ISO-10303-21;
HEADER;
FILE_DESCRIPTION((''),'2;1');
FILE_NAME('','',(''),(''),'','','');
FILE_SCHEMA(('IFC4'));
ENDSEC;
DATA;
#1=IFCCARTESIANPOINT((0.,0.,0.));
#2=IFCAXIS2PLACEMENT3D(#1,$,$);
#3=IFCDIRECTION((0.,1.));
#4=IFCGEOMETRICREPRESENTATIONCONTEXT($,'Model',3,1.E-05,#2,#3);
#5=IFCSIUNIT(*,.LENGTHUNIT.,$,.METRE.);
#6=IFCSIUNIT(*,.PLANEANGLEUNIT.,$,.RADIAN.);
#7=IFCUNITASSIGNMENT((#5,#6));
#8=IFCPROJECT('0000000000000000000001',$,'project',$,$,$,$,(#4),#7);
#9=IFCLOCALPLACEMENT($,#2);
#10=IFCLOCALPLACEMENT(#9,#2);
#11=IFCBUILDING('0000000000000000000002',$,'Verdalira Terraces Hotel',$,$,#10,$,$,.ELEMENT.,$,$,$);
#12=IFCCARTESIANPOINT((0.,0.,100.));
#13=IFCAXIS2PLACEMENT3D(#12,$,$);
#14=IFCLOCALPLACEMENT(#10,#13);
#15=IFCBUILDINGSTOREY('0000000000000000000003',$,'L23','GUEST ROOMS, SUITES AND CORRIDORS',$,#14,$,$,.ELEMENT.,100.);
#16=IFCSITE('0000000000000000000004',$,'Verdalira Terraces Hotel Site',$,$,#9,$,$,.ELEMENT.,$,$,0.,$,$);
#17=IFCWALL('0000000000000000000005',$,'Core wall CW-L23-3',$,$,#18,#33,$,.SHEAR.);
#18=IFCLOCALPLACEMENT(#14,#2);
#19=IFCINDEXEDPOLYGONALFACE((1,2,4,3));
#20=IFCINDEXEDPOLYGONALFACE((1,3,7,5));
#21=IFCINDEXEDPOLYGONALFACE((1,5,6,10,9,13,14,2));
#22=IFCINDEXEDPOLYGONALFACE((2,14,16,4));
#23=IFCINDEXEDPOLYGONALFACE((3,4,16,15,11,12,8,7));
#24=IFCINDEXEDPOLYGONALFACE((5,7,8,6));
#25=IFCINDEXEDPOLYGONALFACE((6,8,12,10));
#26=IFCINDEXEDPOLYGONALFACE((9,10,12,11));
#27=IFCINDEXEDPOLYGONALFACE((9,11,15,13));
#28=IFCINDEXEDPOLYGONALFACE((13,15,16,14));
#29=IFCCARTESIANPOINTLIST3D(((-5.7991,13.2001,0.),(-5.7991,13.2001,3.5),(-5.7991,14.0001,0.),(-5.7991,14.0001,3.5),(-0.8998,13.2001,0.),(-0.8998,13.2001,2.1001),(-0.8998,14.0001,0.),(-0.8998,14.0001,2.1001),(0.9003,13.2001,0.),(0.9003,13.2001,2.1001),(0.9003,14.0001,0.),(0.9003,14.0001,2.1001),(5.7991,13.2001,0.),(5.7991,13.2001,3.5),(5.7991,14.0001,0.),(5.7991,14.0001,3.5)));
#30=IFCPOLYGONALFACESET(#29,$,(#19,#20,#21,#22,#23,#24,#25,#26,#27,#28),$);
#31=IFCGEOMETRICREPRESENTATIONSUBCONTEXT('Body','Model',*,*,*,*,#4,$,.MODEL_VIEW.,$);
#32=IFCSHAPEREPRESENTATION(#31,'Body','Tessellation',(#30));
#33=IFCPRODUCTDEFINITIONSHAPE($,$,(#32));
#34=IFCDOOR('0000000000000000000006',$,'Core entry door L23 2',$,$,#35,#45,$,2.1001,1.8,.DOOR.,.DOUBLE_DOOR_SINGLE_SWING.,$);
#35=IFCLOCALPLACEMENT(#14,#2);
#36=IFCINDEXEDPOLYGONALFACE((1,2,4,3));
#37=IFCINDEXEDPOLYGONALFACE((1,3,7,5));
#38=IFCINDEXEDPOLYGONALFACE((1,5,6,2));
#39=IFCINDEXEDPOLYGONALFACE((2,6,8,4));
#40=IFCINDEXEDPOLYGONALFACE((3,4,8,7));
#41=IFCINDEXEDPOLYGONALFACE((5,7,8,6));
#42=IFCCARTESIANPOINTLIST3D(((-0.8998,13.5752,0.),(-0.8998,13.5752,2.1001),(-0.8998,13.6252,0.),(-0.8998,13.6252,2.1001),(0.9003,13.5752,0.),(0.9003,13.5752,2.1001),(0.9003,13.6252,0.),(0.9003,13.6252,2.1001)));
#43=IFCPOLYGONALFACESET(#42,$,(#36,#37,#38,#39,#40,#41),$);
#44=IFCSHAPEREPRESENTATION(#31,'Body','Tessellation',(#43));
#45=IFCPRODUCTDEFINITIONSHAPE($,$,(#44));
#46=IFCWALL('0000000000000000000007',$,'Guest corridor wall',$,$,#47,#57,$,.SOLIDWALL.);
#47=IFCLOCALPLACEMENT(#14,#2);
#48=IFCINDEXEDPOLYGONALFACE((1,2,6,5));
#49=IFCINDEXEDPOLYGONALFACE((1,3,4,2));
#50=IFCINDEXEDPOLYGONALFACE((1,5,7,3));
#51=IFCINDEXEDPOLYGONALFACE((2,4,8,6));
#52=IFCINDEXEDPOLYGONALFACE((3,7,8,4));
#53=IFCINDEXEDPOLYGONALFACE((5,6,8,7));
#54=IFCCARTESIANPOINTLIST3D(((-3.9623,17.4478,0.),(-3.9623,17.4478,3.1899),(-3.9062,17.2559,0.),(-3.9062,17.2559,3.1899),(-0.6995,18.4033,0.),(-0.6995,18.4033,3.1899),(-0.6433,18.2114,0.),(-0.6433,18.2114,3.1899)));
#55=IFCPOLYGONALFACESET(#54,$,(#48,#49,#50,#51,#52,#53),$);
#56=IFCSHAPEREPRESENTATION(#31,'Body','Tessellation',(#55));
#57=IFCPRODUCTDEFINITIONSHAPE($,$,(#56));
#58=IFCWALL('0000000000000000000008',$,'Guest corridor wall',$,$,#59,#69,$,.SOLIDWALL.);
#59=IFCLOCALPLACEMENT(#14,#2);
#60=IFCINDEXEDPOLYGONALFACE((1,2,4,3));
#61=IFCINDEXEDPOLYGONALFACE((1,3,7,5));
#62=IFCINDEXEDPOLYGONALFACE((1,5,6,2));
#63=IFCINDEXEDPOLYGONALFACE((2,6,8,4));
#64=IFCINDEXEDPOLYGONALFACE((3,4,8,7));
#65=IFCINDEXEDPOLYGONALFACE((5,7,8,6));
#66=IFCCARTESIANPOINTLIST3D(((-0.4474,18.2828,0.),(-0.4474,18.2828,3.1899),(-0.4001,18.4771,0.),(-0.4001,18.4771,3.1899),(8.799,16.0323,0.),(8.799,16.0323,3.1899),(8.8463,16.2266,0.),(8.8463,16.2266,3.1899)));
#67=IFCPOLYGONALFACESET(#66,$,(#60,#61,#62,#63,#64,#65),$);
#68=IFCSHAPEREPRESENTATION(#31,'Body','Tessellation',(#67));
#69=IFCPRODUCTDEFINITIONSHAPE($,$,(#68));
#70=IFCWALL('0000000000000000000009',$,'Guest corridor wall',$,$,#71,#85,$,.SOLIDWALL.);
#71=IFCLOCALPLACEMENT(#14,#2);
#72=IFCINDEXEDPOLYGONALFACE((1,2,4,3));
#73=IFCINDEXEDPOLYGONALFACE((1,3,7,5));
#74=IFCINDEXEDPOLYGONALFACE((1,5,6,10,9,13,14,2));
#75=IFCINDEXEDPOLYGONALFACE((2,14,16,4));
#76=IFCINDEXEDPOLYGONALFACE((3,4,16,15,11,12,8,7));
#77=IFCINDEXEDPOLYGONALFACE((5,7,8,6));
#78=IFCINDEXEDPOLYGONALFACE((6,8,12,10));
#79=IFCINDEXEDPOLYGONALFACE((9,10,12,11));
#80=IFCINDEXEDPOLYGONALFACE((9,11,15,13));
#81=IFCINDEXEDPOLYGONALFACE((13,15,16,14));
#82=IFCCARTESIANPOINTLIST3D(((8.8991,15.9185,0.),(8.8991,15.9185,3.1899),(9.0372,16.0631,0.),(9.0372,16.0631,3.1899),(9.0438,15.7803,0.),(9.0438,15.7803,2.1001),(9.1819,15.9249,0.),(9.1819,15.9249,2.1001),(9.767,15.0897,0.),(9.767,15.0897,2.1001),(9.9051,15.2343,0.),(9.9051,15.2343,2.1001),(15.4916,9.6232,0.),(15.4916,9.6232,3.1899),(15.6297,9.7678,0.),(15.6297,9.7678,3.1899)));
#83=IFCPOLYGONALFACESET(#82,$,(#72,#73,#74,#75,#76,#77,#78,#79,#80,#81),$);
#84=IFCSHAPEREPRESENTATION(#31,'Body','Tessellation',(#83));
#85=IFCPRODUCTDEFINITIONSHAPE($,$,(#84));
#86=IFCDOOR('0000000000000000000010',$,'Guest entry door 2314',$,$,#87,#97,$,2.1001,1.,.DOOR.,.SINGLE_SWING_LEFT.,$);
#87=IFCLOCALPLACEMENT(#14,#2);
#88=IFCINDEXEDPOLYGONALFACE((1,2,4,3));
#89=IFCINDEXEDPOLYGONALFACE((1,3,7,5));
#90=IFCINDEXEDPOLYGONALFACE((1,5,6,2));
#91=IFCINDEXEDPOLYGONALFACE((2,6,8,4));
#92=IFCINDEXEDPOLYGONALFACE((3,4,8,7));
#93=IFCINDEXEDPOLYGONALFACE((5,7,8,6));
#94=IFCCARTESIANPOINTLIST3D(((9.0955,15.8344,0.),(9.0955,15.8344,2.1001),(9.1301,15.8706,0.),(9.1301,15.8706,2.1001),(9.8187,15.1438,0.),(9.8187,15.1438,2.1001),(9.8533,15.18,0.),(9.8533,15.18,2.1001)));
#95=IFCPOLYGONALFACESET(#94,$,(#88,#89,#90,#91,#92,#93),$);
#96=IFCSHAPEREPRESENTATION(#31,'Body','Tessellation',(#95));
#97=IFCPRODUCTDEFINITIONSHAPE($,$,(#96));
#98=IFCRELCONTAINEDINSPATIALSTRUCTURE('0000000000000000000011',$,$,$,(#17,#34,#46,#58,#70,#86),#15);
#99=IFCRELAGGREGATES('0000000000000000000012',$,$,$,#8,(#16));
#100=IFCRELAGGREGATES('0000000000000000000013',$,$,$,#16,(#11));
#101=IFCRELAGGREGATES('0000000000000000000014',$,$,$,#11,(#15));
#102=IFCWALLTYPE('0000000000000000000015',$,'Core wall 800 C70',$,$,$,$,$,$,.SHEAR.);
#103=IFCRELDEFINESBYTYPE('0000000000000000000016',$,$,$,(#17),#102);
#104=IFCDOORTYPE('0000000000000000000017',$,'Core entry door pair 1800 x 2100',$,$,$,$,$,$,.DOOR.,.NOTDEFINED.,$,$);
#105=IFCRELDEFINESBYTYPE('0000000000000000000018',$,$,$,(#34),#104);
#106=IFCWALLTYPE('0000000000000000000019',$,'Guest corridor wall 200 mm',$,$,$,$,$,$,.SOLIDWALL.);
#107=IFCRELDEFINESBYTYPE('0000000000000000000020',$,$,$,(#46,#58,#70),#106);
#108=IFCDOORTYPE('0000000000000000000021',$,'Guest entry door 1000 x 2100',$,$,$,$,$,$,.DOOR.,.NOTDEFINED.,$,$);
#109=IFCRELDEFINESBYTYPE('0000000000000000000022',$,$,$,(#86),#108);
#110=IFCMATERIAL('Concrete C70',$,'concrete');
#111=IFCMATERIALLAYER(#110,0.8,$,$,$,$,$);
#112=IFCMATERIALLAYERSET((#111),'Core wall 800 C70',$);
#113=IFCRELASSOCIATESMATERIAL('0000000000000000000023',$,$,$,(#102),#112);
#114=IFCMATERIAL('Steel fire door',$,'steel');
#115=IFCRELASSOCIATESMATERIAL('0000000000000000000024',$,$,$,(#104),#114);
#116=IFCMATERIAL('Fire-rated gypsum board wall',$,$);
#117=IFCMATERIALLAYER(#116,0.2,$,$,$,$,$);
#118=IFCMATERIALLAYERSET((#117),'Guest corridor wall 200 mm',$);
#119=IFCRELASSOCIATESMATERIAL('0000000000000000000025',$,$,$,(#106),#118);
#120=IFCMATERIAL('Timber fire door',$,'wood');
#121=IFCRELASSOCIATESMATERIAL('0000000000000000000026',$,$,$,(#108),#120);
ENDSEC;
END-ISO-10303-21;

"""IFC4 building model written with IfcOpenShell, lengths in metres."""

from ifc_helpers import new_model, si_unit, direction, frame, frame_2d, origin, place, context, subcontext, project, spatial, rectangle, extrude, material, layer, layer_set, type_object, element, fill, save


model = new_model("IFC4")

# Units and contexts
model_context = context("Model", 3, precision=1e-05, world=origin(), true_north=direction((0.0, 1.0)))
body_context = subcontext(model_context, "Body", "Model", "MODEL_VIEW")
ifc_project = project(units=[si_unit("LENGTHUNIT", "METRE"), si_unit("PLANEANGLEUNIT", "RADIAN")], contexts=[model_context])

# Site, building, storey
site_placement = place(None, origin())
site = spatial("IfcSite", under=ifc_project, at=site_placement, Name="Verdalira Terraces Hotel Site", CompositionType="ELEMENT", RefElevation=0.0)
building_placement = place(site_placement, origin())
building = spatial("IfcBuilding", under=site, at=building_placement, Name="Verdalira Terraces Hotel", CompositionType="ELEMENT")
storey_placement = place(building_placement, frame((0.0, 0.0, 100.0)))
storey = spatial("IfcBuildingStorey", under=building, at=storey_placement, Name="L23", Description="GUEST ROOMS, SUITES AND CORRIDORS", CompositionType="ELEMENT", Elevation=100.0)

# Wall, opening, door
ifc_material_1 = material(Name="Concrete C70", Category="concrete")
ifc_layer_1 = layer(ifc_material_1, 0.8)
ifc_layer_set_1 = layer_set([ifc_layer_1], Name="Core wall 800 C70")
wall_type_1 = type_object("IfcWallType", Name="Core wall 800 C70", PredefinedType="SHEAR", material=ifc_layer_set_1)
wall_1_placement = place(storey_placement, frame((5.7991, 13.6001, 0.0), z_axis=(0.0, 0.0, 1.0), x_axis=(-1.0, 0.0, 0.0)))
wall_1 = element("IfcWall", 1, at=wall_1_placement, inside=storey, type_object=wall_type_1, Name="Core wall CW-L23-3", PredefinedType="SHEAR", context=body_context, shape_type="SweptSolid", body=[
    extrude(rectangle(XDim=11.5981, YDim=0.8, at=frame_2d((5.7991, 0.0))), origin(), (0.0, 0.0, 1.0), 3.5),
])
opening_1_placement = place(wall_1_placement, frame((4.8989, 0.0, 0.0)))
opening_1 = element("IfcOpeningElement", 2, at=opening_1_placement, cuts=wall_1, PredefinedType="OPENING", context=body_context, shape_type="SweptSolid", body=[
    extrude(rectangle(XDim=1.8, YDim=2.1001, at=frame_2d((0.8999, 1.05))), frame((0.0, 0.4099, 0.0), z_axis=(0.0, -1.0, 0.0), x_axis=(1.0, 0.0, 0.0)), (0.0, 0.0, 1.0), 0.8201),
])
ifc_material_2 = material(Name="Steel fire door", Category="steel")
door_type_1 = type_object("IfcDoorType", Name="Core entry door pair 1800 x 2100", OperationType="NOTDEFINED", PredefinedType="DOOR", material=ifc_material_2)
door_1_placement = place(opening_1_placement, origin())
door_1 = element("IfcDoor", 3, at=door_1_placement, inside=storey, type_object=door_type_1, Name="Core entry door L23 2", OperationType="DOUBLE_DOOR_SINGLE_SWING", OverallHeight=2.1001, OverallWidth=1.8, PredefinedType="DOOR", context=body_context, shape_type="SweptSolid", body=[
    extrude(rectangle(XDim=1.8, YDim=2.1001, at=frame_2d((0.8999, 1.05))), frame((0.0, 0.0249, 0.0), z_axis=(0.0, -1.0, 0.0), x_axis=(1.0, 0.0, 0.0)), (0.0, 0.0, 1.0), 0.05),
])
fill(opening_1, door_1)

# Walls
ifc_material_3 = material(Name="Fire-rated gypsum board wall")
ifc_layer_2 = layer(ifc_material_3, 0.2)
ifc_layer_set_2 = layer_set([ifc_layer_2], Name="Guest corridor wall 200 mm")
wall_type_2 = type_object("IfcWallType", Name="Guest corridor wall 200 mm", PredefinedType="SOLIDWALL", material=ifc_layer_set_2)
wall_2_placement = place(storey_placement, frame((-0.6714, 18.3074, 0.0), z_axis=(0.0, 0.0, 1.0), x_axis=(-0.959693, -0.28105, 0.0)))
element("IfcWall", 4, at=wall_2_placement, inside=storey, type_object=wall_type_2, Name="Guest corridor wall", PredefinedType="SOLIDWALL", context=body_context, shape_type="SweptSolid", body=[
    extrude(rectangle(XDim=3.3999, YDim=0.2, at=frame_2d((1.7, 0.0))), origin(), (0.0, 0.0, 1.0), 3.1899),
])
wall_3_placement = place(storey_placement, frame((8.8228, 16.1294, 0.0), z_axis=(0.0, 0.0, 1.0), x_axis=(-0.971634, 0.236488, 0.0)))
element("IfcWall", 5, at=wall_3_placement, inside=storey, type_object=wall_type_2, Name="Guest corridor wall", PredefinedType="SOLIDWALL", context=body_context, shape_type="SweptSolid", body=[
    extrude(rectangle(XDim=9.5164, YDim=0.2, at=frame_2d((4.7583, 0.0))), origin(), (0.0, 0.0, 1.0), 3.1899),
])

# Wall, opening, door
wall_4_placement = place(storey_placement, frame((8.9683, 15.9907, 0.0), z_axis=(0.0, 0.0, 1.0), x_axis=(0.723216, -0.690622, 0.0)))
wall_4 = element("IfcWall", 6, at=wall_4_placement, inside=storey, type_object=wall_type_2, Name="Guest corridor wall", PredefinedType="SOLIDWALL", context=body_context, shape_type="SweptSolid", body=[
    extrude(rectangle(XDim=9.1155, YDim=0.2, at=frame_2d((4.5576, 0.0))), origin(), (0.0, 0.0, 1.0), 3.1899),
])
opening_2_placement = place(wall_4_placement, frame((0.2, 0.0, 0.0)))
opening_2 = element("IfcOpeningElement", 7, at=opening_2_placement, cuts=wall_4, PredefinedType="OPENING", context=body_context, shape_type="SweptSolid", body=[
    extrude(rectangle(XDim=1.0, YDim=2.1001, at=frame_2d((0.5, 1.05))), frame((0.0, 0.1099, 0.0), z_axis=(0.0, -1.0, 0.0), x_axis=(1.0, 0.0, 0.0)), (0.0, 0.0, 1.0), 0.22),
])
ifc_material_4 = material(Name="Timber fire door", Category="wood")
door_type_2 = type_object("IfcDoorType", Name="Guest entry door 1000 x 2100", OperationType="NOTDEFINED", PredefinedType="DOOR", material=ifc_material_4)
door_2_placement = place(opening_2_placement, origin())
door_2 = element("IfcDoor", 8, at=door_2_placement, inside=storey, type_object=door_type_2, Name="Guest entry door 2314", OperationType="SINGLE_SWING_LEFT", OverallHeight=2.1001, OverallWidth=1.0, PredefinedType="DOOR", context=body_context, shape_type="SweptSolid", body=[
    extrude(rectangle(XDim=1.0, YDim=2.1001, at=frame_2d((0.5, 1.05))), frame((0.0, 0.0249, 0.0), z_axis=(0.0, -1.0, 0.0), x_axis=(1.0, 0.0, 0.0)), (0.0, 0.0, 1.0), 0.05),
])
fill(opening_2, door_2)

save(model, "model.ifc")
